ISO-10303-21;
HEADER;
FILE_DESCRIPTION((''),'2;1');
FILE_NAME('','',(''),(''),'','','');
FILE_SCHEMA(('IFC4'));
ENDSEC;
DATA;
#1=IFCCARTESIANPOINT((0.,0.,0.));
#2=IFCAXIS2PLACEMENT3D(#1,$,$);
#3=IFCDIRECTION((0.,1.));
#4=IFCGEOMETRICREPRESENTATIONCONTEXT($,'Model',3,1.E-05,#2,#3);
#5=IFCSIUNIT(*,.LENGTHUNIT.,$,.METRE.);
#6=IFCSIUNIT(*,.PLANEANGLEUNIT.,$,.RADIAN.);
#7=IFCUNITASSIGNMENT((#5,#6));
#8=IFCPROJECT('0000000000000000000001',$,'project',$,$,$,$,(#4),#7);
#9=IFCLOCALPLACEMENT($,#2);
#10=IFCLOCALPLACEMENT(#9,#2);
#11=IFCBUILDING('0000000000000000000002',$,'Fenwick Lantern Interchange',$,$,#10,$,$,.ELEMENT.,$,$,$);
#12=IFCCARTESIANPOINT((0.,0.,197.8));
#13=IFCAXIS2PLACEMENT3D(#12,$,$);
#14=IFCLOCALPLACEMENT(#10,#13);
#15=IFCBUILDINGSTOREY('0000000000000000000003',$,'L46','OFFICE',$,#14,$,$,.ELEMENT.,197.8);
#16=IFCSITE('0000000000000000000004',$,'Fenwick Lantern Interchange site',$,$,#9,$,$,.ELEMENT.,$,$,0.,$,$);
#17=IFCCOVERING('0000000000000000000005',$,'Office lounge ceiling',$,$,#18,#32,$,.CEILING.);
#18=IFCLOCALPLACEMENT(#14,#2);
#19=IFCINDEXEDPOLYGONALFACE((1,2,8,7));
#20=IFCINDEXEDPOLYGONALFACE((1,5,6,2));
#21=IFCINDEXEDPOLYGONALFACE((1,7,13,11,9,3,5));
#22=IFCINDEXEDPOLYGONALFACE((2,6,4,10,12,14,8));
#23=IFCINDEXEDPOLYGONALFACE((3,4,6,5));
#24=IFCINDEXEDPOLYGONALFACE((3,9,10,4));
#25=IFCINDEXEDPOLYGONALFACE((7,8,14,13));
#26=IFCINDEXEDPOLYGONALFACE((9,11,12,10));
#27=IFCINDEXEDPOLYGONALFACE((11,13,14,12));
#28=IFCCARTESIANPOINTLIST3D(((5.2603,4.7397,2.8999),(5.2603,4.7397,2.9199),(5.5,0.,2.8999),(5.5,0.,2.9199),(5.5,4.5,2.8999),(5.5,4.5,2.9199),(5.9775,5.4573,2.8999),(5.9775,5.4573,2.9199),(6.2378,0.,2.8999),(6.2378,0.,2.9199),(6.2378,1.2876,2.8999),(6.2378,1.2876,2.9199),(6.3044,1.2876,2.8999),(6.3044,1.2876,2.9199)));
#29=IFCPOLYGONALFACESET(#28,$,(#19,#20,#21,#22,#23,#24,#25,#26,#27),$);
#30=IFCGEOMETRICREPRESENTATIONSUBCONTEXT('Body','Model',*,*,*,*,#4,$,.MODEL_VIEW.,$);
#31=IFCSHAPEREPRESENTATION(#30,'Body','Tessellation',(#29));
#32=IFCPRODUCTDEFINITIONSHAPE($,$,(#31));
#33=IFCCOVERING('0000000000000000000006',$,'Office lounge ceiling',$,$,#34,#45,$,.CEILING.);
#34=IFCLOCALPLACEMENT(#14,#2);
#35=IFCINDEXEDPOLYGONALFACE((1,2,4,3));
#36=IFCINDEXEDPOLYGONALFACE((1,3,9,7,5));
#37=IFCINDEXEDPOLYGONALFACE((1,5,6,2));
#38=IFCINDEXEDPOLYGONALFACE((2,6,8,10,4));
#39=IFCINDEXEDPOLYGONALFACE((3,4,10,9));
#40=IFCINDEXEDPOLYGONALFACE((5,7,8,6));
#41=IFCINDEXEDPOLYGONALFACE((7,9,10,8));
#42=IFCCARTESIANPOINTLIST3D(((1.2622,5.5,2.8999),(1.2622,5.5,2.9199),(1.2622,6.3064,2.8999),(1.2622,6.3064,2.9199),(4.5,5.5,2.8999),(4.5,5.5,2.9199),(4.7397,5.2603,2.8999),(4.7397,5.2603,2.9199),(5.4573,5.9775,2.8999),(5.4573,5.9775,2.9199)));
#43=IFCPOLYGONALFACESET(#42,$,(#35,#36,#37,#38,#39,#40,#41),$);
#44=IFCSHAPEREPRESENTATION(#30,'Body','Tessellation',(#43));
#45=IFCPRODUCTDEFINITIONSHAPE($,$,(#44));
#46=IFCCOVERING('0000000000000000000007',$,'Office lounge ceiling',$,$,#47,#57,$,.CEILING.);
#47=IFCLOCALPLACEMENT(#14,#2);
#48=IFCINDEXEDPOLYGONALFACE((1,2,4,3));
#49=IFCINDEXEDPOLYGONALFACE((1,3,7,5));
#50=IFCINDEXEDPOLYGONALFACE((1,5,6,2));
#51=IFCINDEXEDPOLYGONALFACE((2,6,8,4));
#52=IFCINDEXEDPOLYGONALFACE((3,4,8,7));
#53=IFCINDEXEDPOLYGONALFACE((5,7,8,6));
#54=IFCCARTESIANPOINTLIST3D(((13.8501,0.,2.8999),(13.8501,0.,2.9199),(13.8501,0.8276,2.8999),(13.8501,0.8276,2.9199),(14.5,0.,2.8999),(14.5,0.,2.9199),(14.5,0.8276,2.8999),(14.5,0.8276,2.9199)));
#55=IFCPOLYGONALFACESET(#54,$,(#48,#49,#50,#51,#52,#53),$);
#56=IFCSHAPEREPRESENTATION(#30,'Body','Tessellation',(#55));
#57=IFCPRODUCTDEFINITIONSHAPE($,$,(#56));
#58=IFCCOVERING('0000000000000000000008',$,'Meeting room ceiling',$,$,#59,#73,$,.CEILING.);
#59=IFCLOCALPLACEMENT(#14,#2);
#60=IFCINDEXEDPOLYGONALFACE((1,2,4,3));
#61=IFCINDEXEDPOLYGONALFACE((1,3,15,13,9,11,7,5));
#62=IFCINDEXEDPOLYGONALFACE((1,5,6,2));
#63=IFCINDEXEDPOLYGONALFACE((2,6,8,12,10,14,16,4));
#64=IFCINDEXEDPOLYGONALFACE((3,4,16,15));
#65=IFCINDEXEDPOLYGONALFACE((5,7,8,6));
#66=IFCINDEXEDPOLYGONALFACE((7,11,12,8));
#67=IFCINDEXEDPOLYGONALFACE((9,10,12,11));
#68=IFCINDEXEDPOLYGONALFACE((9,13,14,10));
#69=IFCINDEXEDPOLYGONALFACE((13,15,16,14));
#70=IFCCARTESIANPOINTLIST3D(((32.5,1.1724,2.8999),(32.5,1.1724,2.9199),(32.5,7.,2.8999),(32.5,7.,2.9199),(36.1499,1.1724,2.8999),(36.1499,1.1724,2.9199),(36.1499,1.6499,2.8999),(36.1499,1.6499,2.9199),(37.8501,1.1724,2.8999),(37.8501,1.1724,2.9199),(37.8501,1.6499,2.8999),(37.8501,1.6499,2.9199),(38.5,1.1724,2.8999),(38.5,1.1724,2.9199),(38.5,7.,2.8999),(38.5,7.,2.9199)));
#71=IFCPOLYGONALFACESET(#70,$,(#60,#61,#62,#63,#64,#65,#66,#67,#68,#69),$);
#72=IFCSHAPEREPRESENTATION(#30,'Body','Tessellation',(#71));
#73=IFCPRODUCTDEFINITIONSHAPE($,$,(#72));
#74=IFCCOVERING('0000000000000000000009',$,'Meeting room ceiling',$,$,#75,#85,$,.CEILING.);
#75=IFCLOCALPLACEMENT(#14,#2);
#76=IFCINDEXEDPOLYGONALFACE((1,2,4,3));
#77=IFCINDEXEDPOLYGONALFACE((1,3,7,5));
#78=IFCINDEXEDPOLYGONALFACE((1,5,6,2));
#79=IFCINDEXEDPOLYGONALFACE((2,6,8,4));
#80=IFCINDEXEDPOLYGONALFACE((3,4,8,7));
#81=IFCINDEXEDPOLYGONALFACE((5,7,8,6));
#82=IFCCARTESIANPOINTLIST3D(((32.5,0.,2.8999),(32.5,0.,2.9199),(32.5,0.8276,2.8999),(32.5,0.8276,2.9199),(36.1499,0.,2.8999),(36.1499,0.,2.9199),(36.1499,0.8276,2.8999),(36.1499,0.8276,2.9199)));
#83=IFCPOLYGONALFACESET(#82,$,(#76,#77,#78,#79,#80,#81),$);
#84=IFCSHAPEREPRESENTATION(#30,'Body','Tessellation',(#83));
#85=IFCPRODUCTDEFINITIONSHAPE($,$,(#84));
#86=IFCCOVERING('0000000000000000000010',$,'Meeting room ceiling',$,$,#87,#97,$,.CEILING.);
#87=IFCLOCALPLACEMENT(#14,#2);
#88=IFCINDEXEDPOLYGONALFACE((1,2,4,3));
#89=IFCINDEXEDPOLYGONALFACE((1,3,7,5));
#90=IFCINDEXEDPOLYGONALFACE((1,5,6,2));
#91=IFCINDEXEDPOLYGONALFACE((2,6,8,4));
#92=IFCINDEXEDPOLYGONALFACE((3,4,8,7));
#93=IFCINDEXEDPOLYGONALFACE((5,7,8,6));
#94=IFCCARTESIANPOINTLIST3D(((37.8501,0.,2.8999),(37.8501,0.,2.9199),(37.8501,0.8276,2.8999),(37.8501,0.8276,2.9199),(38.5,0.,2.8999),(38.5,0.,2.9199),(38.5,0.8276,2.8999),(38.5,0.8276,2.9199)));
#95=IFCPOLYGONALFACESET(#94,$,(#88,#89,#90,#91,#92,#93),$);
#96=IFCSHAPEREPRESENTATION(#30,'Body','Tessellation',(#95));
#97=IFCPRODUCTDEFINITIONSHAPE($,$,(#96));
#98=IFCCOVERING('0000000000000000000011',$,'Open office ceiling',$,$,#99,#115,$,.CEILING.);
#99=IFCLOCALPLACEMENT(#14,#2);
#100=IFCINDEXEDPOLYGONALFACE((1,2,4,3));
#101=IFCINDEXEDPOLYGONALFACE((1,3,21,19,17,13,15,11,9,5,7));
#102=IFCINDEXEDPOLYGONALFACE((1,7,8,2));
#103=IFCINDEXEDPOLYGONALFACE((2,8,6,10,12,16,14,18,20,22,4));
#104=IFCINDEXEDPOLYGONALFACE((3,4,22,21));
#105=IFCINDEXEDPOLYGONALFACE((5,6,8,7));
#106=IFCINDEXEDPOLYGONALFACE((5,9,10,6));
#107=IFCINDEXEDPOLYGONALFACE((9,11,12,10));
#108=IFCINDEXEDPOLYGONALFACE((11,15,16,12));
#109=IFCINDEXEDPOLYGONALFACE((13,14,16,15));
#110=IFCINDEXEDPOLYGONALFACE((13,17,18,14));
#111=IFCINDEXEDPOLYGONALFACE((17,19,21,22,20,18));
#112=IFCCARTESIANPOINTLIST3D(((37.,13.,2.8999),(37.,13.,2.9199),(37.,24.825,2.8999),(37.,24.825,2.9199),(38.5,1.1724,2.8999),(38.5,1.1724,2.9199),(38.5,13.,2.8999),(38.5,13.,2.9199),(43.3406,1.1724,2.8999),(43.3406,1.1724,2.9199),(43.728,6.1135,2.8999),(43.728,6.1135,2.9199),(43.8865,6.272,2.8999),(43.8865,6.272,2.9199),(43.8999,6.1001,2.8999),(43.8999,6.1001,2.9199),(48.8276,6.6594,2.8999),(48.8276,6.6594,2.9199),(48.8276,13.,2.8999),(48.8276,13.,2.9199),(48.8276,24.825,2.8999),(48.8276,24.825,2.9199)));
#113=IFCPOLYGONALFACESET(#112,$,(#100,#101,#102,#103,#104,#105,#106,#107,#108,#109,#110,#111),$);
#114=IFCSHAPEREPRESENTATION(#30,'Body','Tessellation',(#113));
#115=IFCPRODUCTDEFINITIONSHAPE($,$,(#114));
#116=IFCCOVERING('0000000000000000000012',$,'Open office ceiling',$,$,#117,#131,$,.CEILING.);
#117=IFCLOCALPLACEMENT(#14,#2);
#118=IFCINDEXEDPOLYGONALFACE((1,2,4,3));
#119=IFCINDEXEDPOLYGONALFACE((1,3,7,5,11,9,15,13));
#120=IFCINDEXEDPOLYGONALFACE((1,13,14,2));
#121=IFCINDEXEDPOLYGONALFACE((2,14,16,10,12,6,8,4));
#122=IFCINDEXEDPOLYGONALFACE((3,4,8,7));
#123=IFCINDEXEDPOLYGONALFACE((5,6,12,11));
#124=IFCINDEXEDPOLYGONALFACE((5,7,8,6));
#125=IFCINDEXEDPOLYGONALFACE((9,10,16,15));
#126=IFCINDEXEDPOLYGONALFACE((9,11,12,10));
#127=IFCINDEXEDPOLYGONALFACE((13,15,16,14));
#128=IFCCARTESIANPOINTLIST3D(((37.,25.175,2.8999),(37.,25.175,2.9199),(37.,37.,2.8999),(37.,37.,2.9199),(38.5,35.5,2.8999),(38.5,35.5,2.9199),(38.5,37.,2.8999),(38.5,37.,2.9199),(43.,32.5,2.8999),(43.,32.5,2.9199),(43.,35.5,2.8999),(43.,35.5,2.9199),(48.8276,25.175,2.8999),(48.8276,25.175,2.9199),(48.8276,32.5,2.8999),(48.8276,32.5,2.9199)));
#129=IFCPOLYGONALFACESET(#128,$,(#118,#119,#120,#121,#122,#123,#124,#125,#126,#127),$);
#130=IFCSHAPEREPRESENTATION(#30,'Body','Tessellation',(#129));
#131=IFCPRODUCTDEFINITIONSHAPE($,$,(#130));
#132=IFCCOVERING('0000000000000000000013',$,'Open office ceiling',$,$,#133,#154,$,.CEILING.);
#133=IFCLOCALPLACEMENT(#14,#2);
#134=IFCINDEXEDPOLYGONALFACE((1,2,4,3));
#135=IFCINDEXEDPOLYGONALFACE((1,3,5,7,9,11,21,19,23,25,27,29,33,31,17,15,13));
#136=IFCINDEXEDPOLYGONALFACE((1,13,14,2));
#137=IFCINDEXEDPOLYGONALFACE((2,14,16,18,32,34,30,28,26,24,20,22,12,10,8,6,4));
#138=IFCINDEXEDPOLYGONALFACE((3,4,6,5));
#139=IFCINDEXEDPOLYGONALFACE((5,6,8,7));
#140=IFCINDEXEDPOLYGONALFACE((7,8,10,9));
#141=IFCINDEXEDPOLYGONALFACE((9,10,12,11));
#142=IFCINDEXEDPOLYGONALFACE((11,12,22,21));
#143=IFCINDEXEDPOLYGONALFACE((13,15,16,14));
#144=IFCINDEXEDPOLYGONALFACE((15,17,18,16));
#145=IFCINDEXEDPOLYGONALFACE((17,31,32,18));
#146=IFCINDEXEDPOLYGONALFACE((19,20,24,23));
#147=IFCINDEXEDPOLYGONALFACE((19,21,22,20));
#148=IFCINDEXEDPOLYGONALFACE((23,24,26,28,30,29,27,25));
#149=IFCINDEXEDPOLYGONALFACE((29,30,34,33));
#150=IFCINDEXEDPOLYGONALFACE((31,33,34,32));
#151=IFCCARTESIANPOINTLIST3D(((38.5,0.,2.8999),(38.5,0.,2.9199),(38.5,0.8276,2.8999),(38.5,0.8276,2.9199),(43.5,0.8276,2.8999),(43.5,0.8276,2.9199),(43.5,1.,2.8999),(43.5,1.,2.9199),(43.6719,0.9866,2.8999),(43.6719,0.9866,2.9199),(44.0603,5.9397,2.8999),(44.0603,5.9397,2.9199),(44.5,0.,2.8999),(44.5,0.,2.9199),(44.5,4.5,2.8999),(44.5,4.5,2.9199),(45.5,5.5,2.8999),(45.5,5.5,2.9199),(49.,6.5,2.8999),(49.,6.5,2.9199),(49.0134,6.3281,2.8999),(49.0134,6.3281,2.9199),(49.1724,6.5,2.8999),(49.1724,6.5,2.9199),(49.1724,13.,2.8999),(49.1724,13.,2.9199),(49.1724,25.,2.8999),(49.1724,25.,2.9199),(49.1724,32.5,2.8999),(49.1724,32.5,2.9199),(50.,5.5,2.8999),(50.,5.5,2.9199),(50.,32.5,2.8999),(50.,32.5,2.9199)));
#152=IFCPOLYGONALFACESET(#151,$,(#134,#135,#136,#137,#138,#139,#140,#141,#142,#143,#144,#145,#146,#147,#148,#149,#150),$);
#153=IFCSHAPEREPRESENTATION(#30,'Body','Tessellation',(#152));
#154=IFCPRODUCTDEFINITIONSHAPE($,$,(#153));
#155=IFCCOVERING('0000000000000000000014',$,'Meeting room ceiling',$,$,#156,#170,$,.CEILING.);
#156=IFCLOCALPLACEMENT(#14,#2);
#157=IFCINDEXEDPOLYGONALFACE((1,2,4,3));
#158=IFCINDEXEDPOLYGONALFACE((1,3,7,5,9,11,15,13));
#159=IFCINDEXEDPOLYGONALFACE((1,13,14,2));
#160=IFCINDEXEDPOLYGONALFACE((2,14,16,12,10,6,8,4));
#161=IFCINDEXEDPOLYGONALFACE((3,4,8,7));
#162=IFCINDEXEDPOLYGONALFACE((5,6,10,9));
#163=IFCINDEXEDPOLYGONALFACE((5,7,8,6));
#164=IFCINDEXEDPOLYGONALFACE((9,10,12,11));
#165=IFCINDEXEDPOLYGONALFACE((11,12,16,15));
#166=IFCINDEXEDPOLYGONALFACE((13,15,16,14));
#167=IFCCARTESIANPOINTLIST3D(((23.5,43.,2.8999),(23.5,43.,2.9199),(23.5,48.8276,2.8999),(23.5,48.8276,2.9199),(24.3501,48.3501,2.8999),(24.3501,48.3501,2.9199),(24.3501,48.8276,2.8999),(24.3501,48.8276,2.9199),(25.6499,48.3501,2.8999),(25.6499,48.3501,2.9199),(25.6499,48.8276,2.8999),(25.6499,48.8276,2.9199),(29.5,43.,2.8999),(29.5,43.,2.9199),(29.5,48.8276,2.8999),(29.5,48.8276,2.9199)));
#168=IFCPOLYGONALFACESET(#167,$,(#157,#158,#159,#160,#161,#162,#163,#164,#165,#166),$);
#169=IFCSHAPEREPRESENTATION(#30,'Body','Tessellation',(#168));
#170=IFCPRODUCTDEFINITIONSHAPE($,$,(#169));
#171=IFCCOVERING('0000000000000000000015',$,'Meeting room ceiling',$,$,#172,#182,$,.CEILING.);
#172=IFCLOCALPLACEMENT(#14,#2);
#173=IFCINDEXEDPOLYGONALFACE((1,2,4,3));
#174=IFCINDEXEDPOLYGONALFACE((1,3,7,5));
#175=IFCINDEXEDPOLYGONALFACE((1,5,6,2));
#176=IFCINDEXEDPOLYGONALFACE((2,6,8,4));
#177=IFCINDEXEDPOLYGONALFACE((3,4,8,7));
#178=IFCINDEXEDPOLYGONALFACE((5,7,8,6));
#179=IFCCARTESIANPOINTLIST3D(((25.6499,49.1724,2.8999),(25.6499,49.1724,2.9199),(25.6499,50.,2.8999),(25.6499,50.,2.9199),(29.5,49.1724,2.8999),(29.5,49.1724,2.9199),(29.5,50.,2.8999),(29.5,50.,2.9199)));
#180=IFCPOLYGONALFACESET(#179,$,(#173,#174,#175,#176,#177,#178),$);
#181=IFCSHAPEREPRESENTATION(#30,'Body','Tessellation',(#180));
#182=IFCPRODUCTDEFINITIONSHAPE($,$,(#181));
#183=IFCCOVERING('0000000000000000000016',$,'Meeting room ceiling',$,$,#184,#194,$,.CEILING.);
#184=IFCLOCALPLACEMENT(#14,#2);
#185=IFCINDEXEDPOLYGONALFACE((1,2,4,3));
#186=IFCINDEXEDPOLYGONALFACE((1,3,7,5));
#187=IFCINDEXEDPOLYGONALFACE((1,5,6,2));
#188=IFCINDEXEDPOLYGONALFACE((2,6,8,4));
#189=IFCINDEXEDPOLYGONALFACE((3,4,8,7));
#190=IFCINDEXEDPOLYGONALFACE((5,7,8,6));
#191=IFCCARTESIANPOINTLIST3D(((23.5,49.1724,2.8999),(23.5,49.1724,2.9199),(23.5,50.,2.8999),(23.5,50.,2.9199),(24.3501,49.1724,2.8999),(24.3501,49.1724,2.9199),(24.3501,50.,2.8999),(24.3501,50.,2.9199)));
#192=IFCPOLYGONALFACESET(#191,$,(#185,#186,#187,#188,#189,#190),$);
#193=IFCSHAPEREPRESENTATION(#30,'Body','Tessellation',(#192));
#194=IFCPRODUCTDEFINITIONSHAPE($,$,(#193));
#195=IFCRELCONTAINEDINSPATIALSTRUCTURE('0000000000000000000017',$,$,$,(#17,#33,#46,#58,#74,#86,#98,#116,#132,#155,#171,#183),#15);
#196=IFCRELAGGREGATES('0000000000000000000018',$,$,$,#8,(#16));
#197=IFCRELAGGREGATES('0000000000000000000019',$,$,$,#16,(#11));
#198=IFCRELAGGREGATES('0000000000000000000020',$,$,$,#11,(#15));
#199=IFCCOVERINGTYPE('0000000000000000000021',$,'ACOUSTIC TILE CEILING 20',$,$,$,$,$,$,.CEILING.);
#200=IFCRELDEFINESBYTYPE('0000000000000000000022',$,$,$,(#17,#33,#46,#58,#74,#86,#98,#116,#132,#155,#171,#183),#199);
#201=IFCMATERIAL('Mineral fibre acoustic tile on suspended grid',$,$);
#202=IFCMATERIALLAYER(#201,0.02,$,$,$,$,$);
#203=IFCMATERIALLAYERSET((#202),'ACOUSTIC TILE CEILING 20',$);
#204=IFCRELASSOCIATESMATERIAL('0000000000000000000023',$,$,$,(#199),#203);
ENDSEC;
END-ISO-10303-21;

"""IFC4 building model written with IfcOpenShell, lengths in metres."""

from ifc_helpers import new_model, si_unit, direction, frame, origin, place, context, subcontext, project, spatial, polyline, outline, extrude, material, layer, layer_set, type_object, element, save


model = new_model("IFC4")

# Units and contexts
model_context = context("Model", 3, precision=1e-05, world=origin(), true_north=direction((0.0, 1.0)))
body_context = subcontext(model_context, "Body", "Model", "MODEL_VIEW")
ifc_project = project(units=[si_unit("LENGTHUNIT", "METRE"), si_unit("PLANEANGLEUNIT", "RADIAN")], contexts=[model_context])

# Site, building, storey
site_placement = place(None, origin())
site = spatial("IfcSite", under=ifc_project, at=site_placement, Name="Fenwick Lantern Interchange site", CompositionType="ELEMENT", RefElevation=0.0)
building_placement = place(site_placement, origin())
building = spatial("IfcBuilding", under=site, at=building_placement, Name="Fenwick Lantern Interchange", CompositionType="ELEMENT")
storey_placement = place(building_placement, frame((0.0, 0.0, 197.8)))
storey = spatial("IfcBuildingStorey", under=building, at=storey_placement, Name="L46", Description="OFFICE", CompositionType="ELEMENT", Elevation=197.8)

# Coverings
ifc_material_1 = material(Name="Mineral fibre acoustic tile on suspended grid")
ifc_layer_1 = layer(ifc_material_1, 0.02)
ifc_layer_set_1 = layer_set([ifc_layer_1], Name="ACOUSTIC TILE CEILING 20")
covering_type_1 = type_object("IfcCoveringType", Name="ACOUSTIC TILE CEILING 20", PredefinedType="CEILING", material=ifc_layer_set_1)
covering_1_placement = place(storey_placement, frame((0.0, 0.0, 2.8999)))
element("IfcCovering", 1, at=covering_1_placement, inside=storey, type_object=covering_type_1, Name="Office lounge ceiling", PredefinedType="CEILING", context=body_context, shape_type="SweptSolid", body=[
    extrude(outline(polyline([(6.2378, 1.2876), (6.3044, 1.2876), (5.9775, 5.4573), (5.2603, 4.7397), (5.5, 4.5), (5.5, 0.0), (6.2378, 0.0), (6.2378, 1.2876)])), origin(), (0.0, 0.0, 1.0), 0.02),
])
covering_2_placement = place(storey_placement, frame((0.0, 0.0, 2.8999)))
element("IfcCovering", 2, at=covering_2_placement, inside=storey, type_object=covering_type_1, Name="Office lounge ceiling", PredefinedType="CEILING", context=body_context, shape_type="SweptSolid", body=[
    extrude(outline(polyline([(4.7397, 5.2603), (5.4573, 5.9775), (1.2622, 6.3064), (1.2622, 5.5), (4.5, 5.5), (4.7397, 5.2603)])), origin(), (0.0, 0.0, 1.0), 0.02),
])
covering_3_placement = place(storey_placement, frame((0.0, 0.0, 2.8999)))
element("IfcCovering", 3, at=covering_3_placement, inside=storey, type_object=covering_type_1, Name="Office lounge ceiling", PredefinedType="CEILING", context=body_context, shape_type="SweptSolid", body=[
    extrude(outline(polyline([(14.5, 0.0), (14.5, 0.8276), (13.8501, 0.8276), (13.8501, 0.0), (14.5, 0.0)])), origin(), (0.0, 0.0, 1.0), 0.02),
])
covering_4_placement = place(storey_placement, frame((0.0, 0.0, 2.8999)))
element("IfcCovering", 4, at=covering_4_placement, inside=storey, type_object=covering_type_1, Name="Meeting room ceiling", PredefinedType="CEILING", context=body_context, shape_type="SweptSolid", body=[
    extrude(outline(polyline([(32.5, 7.0), (32.5, 1.1724), (36.1499, 1.1724), (36.1499, 1.6499), (37.8501, 1.6499), (37.8501, 1.1724), (38.5, 1.1724), (38.5, 7.0), (32.5, 7.0)])), origin(), (0.0, 0.0, 1.0), 0.02),
])
covering_5_placement = place(storey_placement, frame((0.0, 0.0, 2.8999)))
element("IfcCovering", 5, at=covering_5_placement, inside=storey, type_object=covering_type_1, Name="Meeting room ceiling", PredefinedType="CEILING", context=body_context, shape_type="SweptSolid", body=[
    extrude(outline(polyline([(32.5, 0.8276), (32.5, 0.0), (36.1499, 0.0), (36.1499, 0.8276), (32.5, 0.8276)])), origin(), (0.0, 0.0, 1.0), 0.02),
])
covering_6_placement = place(storey_placement, frame((0.0, 0.0, 2.8999)))
element("IfcCovering", 6, at=covering_6_placement, inside=storey, type_object=covering_type_1, Name="Meeting room ceiling", PredefinedType="CEILING", context=body_context, shape_type="SweptSolid", body=[
    extrude(outline(polyline([(38.5, 0.0), (38.5, 0.8276), (37.8501, 0.8276), (37.8501, 0.0), (38.5, 0.0)])), origin(), (0.0, 0.0, 1.0), 0.02),
])
covering_7_placement = place(storey_placement, frame((0.0, 0.0, 2.8999)))
element("IfcCovering", 7, at=covering_7_placement, inside=storey, type_object=covering_type_1, Name="Open office ceiling", PredefinedType="CEILING", context=body_context, shape_type="SweptSolid", body=[
    extrude(outline(polyline([(38.5, 13.0), (38.5, 1.1724), (43.3406, 1.1724), (43.728, 6.1135), (43.8999, 6.1001), (43.8865, 6.272), (48.8276, 6.6594), (48.8276, 13.0), (48.8276, 24.825), (37.0, 24.825), (37.0, 13.0), (38.5, 13.0)])), origin(), (0.0, 0.0, 1.0), 0.02),
])
covering_8_placement = place(storey_placement, frame((0.0, 0.0, 2.8999)))
element("IfcCovering", 8, at=covering_8_placement, inside=storey, type_object=covering_type_1, Name="Open office ceiling", PredefinedType="CEILING", context=body_context, shape_type="SweptSolid", body=[
    extrude(outline(polyline([(37.0, 37.0), (37.0, 25.175), (48.8276, 25.175), (48.8276, 32.5), (43.0, 32.5), (43.0, 35.5), (38.5, 35.5), (38.5, 37.0), (37.0, 37.0)])), origin(), (0.0, 0.0, 1.0), 0.02),
])
covering_9_placement = place(storey_placement, frame((0.0, 0.0, 2.8999)))
element("IfcCovering", 9, at=covering_9_placement, inside=storey, type_object=covering_type_1, Name="Open office ceiling", PredefinedType="CEILING", context=body_context, shape_type="SweptSolid", body=[
    extrude(outline(polyline([(45.5, 5.5), (50.0, 5.5), (50.0, 32.5), (49.1724, 32.5), (49.1724, 25.0), (49.1724, 13.0), (49.1724, 6.5), (49.0, 6.5), (49.0134, 6.3281), (44.0603, 5.9397), (43.6719, 0.9866), (43.5, 1.0), (43.5, 0.8276), (38.5, 0.8276), (38.5, 0.0), (44.5, 0.0), (44.5, 4.5), (45.5, 5.5)])), origin(), (0.0, 0.0, 1.0), 0.02),
])
covering_10_placement = place(storey_placement, frame((0.0, 0.0, 2.8999)))
element("IfcCovering", 10, at=covering_10_placement, inside=storey, type_object=covering_type_1, Name="Meeting room ceiling", PredefinedType="CEILING", context=body_context, shape_type="SweptSolid", body=[
    extrude(outline(polyline([(29.5, 43.0), (29.5, 48.8276), (25.6499, 48.8276), (25.6499, 48.3501), (24.3501, 48.3501), (24.3501, 48.8276), (23.5, 48.8276), (23.5, 43.0), (29.5, 43.0)])), origin(), (0.0, 0.0, 1.0), 0.02),
])
covering_11_placement = place(storey_placement, frame((0.0, 0.0, 2.8999)))
element("IfcCovering", 11, at=covering_11_placement, inside=storey, type_object=covering_type_1, Name="Meeting room ceiling", PredefinedType="CEILING", context=body_context, shape_type="SweptSolid", body=[
    extrude(outline(polyline([(29.5, 49.1724), (29.5, 50.0), (25.6499, 50.0), (25.6499, 49.1724), (29.5, 49.1724)])), origin(), (0.0, 0.0, 1.0), 0.02),
])
covering_12_placement = place(storey_placement, frame((0.0, 0.0, 2.8999)))
element("IfcCovering", 12, at=covering_12_placement, inside=storey, type_object=covering_type_1, Name="Meeting room ceiling", PredefinedType="CEILING", context=body_context, shape_type="SweptSolid", body=[
    extrude(outline(polyline([(23.5, 50.0), (23.5, 49.1724), (24.3501, 49.1724), (24.3501, 50.0), (23.5, 50.0)])), origin(), (0.0, 0.0, 1.0), 0.02),
])

save(model, "model.ifc")
